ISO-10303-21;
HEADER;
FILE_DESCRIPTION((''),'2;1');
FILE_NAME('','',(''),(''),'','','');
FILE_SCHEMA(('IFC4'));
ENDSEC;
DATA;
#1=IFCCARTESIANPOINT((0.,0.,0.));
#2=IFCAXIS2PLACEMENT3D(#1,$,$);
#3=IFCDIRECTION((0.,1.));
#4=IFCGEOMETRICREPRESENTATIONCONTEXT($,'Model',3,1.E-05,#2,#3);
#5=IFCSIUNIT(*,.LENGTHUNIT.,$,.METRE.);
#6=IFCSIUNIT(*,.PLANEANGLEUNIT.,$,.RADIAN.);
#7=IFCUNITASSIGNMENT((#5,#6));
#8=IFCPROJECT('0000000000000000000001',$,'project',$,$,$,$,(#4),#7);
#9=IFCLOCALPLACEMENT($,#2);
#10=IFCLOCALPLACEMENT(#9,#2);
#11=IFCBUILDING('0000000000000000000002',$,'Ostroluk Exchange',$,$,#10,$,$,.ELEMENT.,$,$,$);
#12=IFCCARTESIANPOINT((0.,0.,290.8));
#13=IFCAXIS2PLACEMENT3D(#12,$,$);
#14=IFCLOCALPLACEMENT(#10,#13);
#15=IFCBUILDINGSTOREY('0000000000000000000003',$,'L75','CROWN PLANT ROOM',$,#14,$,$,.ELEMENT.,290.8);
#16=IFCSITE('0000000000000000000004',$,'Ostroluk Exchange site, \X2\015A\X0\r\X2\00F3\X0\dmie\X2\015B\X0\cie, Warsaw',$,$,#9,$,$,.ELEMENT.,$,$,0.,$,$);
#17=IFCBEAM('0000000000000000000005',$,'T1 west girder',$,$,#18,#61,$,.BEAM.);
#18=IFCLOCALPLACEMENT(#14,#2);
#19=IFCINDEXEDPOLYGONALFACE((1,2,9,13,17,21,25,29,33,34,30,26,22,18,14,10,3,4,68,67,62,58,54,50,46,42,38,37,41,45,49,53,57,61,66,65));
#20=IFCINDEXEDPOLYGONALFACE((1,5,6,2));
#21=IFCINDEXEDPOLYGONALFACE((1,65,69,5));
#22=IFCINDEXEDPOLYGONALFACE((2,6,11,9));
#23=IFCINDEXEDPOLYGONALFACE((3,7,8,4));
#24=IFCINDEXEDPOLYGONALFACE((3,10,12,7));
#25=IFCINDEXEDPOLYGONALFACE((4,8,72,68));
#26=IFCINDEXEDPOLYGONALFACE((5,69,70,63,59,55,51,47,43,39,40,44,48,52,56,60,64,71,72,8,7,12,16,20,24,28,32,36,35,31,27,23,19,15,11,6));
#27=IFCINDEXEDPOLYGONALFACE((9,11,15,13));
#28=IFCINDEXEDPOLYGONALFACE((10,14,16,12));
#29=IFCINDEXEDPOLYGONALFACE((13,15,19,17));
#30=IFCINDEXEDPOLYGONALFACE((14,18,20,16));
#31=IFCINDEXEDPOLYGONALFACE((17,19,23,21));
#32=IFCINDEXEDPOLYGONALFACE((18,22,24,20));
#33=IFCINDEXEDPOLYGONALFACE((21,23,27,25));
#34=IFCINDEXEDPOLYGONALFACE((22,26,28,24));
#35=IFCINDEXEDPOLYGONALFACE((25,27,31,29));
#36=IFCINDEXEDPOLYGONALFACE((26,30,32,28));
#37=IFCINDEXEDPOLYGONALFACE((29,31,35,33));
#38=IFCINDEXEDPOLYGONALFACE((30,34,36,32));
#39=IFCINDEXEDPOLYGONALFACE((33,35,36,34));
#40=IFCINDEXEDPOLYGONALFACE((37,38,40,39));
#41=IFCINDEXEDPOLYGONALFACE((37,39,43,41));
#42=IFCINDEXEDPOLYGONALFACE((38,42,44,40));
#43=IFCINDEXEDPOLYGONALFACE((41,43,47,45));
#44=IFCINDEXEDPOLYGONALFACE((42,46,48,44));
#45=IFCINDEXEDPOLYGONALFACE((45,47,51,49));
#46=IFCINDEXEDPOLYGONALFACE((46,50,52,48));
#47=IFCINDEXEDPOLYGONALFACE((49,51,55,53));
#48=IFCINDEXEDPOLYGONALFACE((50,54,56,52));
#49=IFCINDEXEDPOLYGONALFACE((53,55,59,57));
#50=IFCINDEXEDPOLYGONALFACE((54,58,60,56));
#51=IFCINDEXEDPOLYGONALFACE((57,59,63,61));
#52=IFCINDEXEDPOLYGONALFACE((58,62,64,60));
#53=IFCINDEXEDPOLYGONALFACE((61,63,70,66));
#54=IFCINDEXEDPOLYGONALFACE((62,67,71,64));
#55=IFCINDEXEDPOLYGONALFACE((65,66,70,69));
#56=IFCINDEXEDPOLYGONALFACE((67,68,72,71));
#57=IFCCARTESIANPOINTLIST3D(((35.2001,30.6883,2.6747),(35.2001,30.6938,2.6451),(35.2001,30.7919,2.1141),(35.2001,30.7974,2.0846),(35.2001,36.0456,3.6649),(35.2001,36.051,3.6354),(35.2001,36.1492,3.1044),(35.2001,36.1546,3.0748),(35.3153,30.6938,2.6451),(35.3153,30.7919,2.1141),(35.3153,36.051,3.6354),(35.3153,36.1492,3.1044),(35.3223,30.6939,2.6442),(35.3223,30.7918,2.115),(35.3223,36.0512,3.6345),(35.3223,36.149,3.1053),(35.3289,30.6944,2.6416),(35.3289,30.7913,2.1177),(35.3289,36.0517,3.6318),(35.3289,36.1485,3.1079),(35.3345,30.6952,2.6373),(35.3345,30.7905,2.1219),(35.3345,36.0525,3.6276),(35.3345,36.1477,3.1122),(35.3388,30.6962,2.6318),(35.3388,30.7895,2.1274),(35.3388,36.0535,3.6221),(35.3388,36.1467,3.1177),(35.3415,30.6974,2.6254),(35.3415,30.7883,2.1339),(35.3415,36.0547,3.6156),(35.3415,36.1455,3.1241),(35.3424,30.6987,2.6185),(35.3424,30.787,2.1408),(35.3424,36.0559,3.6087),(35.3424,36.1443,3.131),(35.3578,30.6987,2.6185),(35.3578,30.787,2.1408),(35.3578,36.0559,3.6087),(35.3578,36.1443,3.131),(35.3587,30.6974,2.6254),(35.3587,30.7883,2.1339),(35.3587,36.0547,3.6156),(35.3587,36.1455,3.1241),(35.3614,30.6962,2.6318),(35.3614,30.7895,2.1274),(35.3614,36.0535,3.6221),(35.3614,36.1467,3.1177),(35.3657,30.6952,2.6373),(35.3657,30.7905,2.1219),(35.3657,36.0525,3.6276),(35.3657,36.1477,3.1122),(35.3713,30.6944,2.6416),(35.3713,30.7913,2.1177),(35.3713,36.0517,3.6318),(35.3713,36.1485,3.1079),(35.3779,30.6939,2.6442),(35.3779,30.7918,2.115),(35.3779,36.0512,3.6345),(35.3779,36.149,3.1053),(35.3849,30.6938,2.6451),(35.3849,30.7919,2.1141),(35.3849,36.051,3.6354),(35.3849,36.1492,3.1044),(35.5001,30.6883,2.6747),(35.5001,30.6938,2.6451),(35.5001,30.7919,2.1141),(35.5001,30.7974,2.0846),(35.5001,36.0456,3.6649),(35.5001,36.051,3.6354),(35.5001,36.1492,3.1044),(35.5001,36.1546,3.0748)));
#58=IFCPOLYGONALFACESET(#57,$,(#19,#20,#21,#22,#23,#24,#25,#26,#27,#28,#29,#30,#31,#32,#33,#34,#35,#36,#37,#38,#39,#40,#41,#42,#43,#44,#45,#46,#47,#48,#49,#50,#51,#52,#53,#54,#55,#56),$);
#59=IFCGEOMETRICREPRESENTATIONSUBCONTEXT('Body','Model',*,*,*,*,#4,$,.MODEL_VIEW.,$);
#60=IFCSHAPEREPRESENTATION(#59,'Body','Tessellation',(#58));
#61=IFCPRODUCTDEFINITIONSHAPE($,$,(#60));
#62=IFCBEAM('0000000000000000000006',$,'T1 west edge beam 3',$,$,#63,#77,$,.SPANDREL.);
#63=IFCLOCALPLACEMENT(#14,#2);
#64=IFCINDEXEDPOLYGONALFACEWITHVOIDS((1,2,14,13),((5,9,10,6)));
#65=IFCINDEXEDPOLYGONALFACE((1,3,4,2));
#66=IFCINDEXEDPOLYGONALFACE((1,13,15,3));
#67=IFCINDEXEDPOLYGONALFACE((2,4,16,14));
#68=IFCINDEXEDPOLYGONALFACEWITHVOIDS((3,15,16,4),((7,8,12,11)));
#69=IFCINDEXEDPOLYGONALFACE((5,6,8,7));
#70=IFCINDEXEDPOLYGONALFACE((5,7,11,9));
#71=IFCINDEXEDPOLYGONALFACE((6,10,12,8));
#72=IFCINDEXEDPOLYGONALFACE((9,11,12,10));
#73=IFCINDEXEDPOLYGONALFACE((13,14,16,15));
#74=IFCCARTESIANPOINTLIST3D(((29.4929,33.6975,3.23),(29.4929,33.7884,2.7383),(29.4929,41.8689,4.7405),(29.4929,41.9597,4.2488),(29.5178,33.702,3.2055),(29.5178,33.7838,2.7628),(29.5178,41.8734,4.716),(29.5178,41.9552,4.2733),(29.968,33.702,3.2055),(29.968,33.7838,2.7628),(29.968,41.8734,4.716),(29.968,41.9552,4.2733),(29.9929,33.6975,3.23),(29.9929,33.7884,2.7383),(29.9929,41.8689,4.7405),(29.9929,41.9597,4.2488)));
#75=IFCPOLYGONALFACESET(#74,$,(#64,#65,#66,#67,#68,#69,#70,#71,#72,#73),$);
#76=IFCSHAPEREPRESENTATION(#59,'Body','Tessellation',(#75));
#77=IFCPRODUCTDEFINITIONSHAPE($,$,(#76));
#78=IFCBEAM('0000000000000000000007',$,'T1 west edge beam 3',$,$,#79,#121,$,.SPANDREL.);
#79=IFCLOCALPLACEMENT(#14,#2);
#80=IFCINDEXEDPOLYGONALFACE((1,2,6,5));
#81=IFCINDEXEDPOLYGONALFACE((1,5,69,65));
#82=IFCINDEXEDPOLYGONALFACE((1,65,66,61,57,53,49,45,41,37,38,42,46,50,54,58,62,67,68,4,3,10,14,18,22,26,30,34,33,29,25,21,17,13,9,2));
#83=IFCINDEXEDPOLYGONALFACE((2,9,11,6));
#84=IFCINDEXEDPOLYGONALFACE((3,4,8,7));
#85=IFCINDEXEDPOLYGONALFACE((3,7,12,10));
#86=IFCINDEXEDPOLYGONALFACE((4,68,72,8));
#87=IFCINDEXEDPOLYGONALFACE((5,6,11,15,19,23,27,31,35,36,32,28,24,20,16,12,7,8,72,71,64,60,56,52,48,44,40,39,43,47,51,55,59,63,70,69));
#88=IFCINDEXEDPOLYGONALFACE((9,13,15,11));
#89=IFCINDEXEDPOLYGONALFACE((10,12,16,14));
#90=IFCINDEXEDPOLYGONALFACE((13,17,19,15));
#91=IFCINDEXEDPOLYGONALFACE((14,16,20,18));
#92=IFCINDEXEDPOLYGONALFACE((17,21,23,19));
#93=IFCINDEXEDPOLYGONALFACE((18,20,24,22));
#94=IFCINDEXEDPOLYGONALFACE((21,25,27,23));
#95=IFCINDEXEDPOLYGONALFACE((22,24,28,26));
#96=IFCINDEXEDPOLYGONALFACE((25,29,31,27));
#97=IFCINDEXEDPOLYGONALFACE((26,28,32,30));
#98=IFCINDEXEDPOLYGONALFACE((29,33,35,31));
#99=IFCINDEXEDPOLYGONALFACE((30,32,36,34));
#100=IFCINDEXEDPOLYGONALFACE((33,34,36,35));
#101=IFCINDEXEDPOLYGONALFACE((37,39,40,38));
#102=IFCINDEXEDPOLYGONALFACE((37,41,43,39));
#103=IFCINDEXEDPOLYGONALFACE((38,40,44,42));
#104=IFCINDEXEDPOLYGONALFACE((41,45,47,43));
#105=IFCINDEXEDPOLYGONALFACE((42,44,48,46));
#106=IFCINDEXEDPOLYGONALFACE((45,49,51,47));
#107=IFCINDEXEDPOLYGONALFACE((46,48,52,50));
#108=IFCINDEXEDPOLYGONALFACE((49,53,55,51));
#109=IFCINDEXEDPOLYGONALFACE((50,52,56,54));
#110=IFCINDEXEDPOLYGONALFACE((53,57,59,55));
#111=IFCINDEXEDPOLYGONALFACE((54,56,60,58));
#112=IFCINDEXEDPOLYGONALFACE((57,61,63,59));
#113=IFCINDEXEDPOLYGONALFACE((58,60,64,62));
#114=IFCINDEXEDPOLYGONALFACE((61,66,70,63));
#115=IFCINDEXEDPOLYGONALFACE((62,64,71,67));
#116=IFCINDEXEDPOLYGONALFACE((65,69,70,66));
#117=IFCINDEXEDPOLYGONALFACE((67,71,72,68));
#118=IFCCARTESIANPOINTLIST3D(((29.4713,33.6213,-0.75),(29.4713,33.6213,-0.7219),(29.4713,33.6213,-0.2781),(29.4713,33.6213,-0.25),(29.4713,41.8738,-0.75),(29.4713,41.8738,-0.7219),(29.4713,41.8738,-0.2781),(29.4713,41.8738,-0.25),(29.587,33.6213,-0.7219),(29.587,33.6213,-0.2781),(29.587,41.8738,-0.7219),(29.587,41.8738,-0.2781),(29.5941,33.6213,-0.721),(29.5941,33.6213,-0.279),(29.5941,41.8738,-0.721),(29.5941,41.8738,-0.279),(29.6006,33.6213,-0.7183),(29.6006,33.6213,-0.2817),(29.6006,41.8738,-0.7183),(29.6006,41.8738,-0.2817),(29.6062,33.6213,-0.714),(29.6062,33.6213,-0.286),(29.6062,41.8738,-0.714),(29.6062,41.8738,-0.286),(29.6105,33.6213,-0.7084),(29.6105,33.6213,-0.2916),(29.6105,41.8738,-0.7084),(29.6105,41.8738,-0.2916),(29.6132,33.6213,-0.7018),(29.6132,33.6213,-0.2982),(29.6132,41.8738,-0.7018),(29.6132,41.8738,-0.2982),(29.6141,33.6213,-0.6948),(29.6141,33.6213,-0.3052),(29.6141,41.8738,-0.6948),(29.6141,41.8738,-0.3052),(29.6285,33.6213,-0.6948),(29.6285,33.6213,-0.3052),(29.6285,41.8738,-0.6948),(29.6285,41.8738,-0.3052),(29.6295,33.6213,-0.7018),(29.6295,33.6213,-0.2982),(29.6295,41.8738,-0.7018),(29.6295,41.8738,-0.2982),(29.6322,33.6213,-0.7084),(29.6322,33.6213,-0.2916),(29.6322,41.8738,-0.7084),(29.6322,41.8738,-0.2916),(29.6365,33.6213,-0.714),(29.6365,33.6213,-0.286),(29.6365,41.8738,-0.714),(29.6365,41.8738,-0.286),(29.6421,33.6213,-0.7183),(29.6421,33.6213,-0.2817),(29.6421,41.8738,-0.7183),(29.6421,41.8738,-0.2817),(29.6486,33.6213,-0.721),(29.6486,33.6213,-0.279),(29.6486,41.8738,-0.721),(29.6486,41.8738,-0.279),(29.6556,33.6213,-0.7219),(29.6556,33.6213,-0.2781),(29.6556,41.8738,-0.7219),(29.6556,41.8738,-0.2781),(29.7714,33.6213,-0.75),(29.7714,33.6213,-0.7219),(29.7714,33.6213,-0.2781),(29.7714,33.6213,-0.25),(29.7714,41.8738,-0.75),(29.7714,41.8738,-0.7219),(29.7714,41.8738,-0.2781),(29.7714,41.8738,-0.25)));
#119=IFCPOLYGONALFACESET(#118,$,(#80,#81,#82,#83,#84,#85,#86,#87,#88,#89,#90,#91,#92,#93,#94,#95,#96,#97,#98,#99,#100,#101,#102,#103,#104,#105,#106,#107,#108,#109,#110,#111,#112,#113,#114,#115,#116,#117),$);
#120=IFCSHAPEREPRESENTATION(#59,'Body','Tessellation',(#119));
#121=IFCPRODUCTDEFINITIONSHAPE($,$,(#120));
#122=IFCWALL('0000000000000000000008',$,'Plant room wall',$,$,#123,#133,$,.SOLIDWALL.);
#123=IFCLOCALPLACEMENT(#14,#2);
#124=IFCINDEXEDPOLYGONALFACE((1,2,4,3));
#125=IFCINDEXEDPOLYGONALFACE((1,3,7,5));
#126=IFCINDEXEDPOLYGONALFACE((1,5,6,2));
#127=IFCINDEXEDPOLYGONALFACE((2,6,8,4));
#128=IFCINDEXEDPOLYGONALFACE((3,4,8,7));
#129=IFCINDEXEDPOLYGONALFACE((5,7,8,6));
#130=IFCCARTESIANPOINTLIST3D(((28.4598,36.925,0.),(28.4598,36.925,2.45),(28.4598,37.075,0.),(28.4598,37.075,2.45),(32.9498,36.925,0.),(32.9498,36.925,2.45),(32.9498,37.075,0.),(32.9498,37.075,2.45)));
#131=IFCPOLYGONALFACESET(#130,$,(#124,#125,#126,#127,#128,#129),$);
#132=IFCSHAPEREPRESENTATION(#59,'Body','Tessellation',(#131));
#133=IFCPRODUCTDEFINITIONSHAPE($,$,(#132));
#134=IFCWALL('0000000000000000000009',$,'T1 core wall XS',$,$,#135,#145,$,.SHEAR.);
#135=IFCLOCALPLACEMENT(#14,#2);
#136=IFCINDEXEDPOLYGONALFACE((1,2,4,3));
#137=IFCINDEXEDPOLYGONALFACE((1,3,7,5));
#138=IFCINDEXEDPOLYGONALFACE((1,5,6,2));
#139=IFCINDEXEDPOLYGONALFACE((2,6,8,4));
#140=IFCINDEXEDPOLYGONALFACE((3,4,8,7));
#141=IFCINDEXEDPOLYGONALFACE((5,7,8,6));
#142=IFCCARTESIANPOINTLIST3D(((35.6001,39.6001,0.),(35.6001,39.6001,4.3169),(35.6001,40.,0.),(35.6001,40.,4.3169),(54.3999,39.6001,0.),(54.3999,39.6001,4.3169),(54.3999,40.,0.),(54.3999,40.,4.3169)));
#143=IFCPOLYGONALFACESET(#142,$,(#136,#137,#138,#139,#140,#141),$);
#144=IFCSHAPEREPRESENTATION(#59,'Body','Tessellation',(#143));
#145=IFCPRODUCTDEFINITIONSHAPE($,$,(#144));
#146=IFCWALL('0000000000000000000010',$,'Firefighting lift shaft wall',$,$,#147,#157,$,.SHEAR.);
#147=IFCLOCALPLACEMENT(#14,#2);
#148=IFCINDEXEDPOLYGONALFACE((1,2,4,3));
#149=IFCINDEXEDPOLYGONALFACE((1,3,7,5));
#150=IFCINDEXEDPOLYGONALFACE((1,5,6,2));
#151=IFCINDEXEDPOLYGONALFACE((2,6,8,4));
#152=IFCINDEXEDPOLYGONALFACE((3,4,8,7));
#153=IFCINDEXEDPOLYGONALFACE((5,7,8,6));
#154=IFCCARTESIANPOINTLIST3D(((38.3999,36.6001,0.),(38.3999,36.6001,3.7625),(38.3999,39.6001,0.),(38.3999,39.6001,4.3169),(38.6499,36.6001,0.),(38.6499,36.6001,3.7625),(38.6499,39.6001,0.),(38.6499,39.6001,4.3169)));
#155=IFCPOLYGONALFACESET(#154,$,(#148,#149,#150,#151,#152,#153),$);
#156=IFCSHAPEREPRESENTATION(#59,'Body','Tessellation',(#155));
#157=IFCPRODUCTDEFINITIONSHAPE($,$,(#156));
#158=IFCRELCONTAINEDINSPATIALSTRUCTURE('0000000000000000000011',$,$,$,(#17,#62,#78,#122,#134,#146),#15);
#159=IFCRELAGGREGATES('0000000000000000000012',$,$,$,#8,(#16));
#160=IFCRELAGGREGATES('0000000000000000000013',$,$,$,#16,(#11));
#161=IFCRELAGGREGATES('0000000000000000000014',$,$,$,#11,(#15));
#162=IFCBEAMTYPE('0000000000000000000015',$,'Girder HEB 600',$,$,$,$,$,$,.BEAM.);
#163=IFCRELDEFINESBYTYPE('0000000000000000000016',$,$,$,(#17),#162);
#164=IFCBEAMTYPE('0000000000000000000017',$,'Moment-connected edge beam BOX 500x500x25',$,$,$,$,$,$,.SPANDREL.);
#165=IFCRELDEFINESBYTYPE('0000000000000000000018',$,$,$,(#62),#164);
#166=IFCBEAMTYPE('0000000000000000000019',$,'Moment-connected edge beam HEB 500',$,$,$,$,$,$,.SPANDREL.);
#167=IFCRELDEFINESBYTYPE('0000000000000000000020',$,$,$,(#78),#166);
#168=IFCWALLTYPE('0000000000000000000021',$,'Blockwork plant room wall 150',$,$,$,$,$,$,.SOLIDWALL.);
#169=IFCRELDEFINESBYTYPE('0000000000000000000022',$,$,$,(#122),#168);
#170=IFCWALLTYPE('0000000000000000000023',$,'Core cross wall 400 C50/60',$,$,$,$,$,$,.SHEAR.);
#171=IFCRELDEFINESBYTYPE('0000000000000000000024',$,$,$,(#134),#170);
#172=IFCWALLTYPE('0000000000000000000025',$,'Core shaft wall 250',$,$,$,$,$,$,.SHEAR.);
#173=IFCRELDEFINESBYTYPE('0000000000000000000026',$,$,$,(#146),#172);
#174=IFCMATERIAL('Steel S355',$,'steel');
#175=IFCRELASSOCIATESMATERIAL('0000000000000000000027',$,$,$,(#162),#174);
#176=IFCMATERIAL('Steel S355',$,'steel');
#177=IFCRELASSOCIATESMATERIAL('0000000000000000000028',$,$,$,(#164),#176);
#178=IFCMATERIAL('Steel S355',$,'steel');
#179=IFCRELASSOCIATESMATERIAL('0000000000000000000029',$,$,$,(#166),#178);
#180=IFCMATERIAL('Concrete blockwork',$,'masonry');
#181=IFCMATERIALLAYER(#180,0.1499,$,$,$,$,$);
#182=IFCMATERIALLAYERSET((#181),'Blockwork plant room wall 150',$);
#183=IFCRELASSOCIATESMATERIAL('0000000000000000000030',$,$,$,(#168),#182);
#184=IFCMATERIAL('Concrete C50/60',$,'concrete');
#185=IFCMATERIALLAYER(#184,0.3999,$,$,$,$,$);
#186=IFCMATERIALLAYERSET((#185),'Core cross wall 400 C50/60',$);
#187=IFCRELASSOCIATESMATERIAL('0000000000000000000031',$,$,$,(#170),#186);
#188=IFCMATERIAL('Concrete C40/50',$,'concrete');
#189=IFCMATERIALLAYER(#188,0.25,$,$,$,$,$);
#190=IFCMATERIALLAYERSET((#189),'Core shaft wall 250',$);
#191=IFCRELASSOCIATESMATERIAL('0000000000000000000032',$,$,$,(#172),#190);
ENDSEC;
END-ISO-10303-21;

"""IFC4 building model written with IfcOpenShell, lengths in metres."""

from ifc_helpers import new_model, si_unit, direction, frame, frame_2d, origin, origin_2d, place, context, subcontext, project, spatial, polyline, rectangle, hollow_rectangle, i_section, outline, extrude, material, layer, layer_set, material_profile, profile_set, type_object, element, save


model = new_model("IFC4")

# Units and contexts
model_context = context("Model", 3, precision=1e-05, world=origin(), true_north=direction((0.0, 1.0)))
body_context = subcontext(model_context, "Body", "Model", "MODEL_VIEW")
ifc_project = project(units=[si_unit("LENGTHUNIT", "METRE"), si_unit("PLANEANGLEUNIT", "RADIAN")], contexts=[model_context])

# Site, building, storey
site_placement = place(None, origin())
site = spatial("IfcSite", under=ifc_project, at=site_placement, Name="Ostroluk Exchange site, Śródmieście, Warsaw", CompositionType="ELEMENT", RefElevation=0.0)
building_placement = place(site_placement, origin())
building = spatial("IfcBuilding", under=site, at=building_placement, Name="Ostroluk Exchange", CompositionType="ELEMENT")
storey_placement = place(building_placement, frame((0.0, 0.0, 290.8)))
storey = spatial("IfcBuildingStorey", under=building, at=storey_placement, Name="L75", Description="CROWN PLANT ROOM", CompositionType="ELEMENT", Elevation=290.8)

# Beams
ifc_material_1 = material(Name="Steel S355", Category="steel")
ifc_material_profile_1 = material_profile(ifc_material_1, i_section(OverallWidth=0.3, OverallDepth=0.6001, WebThickness=0.0154, FlangeThickness=0.03, FilletRadius=0.0271, at=origin_2d()), Name="HEB 600")
ifc_profile_set_1 = profile_set([ifc_material_profile_1], Name="Steel S355")
beam_type_1 = type_object("IfcBeamType", Name="Girder HEB 600", PredefinedType="BEAM", material=ifc_profile_set_1)
beam_1_placement = place(storey_placement, frame((35.3501, 36.1001, 3.3699), z_axis=(0.0, -0.983342, -0.181763), x_axis=(1.0, 0.0, 0.0)))
element("IfcBeam", 1, at=beam_1_placement, inside=storey, type_object=beam_type_1, Name="T1 west girder", PredefinedType="BEAM", context=body_context, shape_type="SweptSolid", body=[
    extrude(i_section(OverallWidth=0.3, OverallDepth=0.6001, WebThickness=0.0154, FlangeThickness=0.03, FilletRadius=0.0271, at=origin_2d()), origin(), (0.0, 0.0, 1.0), 5.448),
])
ifc_material_2 = material(Name="Steel S355", Category="steel")
ifc_material_profile_2 = material_profile(ifc_material_2, hollow_rectangle(XDim=0.5, YDim=0.5, WallThickness=0.0249, at=origin_2d()), Name="BOX 500x500x25")
ifc_profile_set_2 = profile_set([ifc_material_profile_2], Name="Steel S355")
beam_type_2 = type_object("IfcBeamType", Name="Moment-connected edge beam BOX 500x500x25", PredefinedType="SPANDREL", material=ifc_profile_set_2)
beam_2_placement = place(storey_placement, frame((29.7429, 41.9143, 4.4946), z_axis=(0.0, -0.983341, -0.181773), x_axis=(1.0, 0.0, 0.0)))
element("IfcBeam", 2, at=beam_2_placement, inside=storey, type_object=beam_type_2, Name="T1 west edge beam 3", PredefinedType="SPANDREL", context=body_context, shape_type="SweptSolid", body=[
    extrude(hollow_rectangle(XDim=0.5, YDim=0.5, WallThickness=0.0249, at=origin_2d()), origin(), (0.0, 0.0, 1.0), 8.3098),
])
ifc_material_3 = material(Name="Steel S355", Category="steel")
ifc_material_profile_3 = material_profile(ifc_material_3, i_section(OverallWidth=0.3, OverallDepth=0.5, WebThickness=0.0144, FlangeThickness=0.0281, FilletRadius=0.0271, at=origin_2d()), Name="HEB 500")
ifc_profile_set_3 = profile_set([ifc_material_profile_3], Name="Steel S355")
beam_type_3 = type_object("IfcBeamType", Name="Moment-connected edge beam HEB 500", PredefinedType="SPANDREL", material=ifc_profile_set_3)
beam_3_placement = place(storey_placement, frame((29.6213, 41.8738, -0.5), z_axis=(0.0, -1.0, 0.0), x_axis=(1.0, 0.0, 0.0)))
element("IfcBeam", 3, at=beam_3_placement, inside=storey, type_object=beam_type_3, Name="T1 west edge beam 3", PredefinedType="SPANDREL", context=body_context, shape_type="SweptSolid", body=[
    extrude(i_section(OverallWidth=0.3, OverallDepth=0.5, WebThickness=0.0144, FlangeThickness=0.0281, FilletRadius=0.0271, at=origin_2d()), origin(), (0.0, 0.0, 1.0), 8.2524),
])

# Walls
ifc_material_4 = material(Name="Concrete blockwork", Category="masonry")
ifc_layer_1 = layer(ifc_material_4, 0.1499)
ifc_layer_set_1 = layer_set([ifc_layer_1], Name="Blockwork plant room wall 150")
wall_type_1 = type_object("IfcWallType", Name="Blockwork plant room wall 150", PredefinedType="SOLIDWALL", material=ifc_layer_set_1)
wall_1_placement = place(storey_placement, frame((32.95, 37.0, 0.0), z_axis=(0.0, 0.0, 1.0), x_axis=(-1.0, 0.0, 0.0)))
element("IfcWall", 4, at=wall_1_placement, inside=storey, type_object=wall_type_1, Name="Plant room wall", PredefinedType="SOLIDWALL", context=body_context, shape_type="SweptSolid", body=[
    extrude(rectangle(XDim=4.49, YDim=0.1499, at=frame_2d((2.2451, 0.0))), origin(), (0.0, 0.0, 1.0), 2.45),
])
ifc_material_5 = material(Name="Concrete C50/60", Category="concrete")
ifc_layer_2 = layer(ifc_material_5, 0.3999)
ifc_layer_set_2 = layer_set([ifc_layer_2], Name="Core cross wall 400 C50/60")
wall_type_2 = type_object("IfcWallType", Name="Core cross wall 400 C50/60", PredefinedType="SHEAR", material=ifc_layer_set_2)
wall_2_placement = place(storey_placement, frame((35.6001, 39.8, 0.0), z_axis=(0.0, 0.0, 1.0), x_axis=(1.0, 0.0, 0.0)))
element("IfcWall", 5, at=wall_2_placement, inside=storey, type_object=wall_type_2, Name="T1 core wall XS", PredefinedType="SHEAR", context=body_context, shape_type="SweptSolid", body=[
    extrude(rectangle(XDim=18.7998, YDim=0.3999, at=frame_2d((9.3999, 0.0))), origin(), (0.0, 0.0, 1.0), 4.3169),
])
ifc_material_6 = material(Name="Concrete C40/50", Category="concrete")
ifc_layer_3 = layer(ifc_material_6, 0.25)
ifc_layer_set_3 = layer_set([ifc_layer_3], Name="Core shaft wall 250")
wall_type_3 = type_object("IfcWallType", Name="Core shaft wall 250", PredefinedType="SHEAR", material=ifc_layer_set_3)
wall_3_placement = place(storey_placement, frame((38.5249, 36.6001, 0.0), z_axis=(0.0, 0.0, 1.0), x_axis=(0.0, 1.0, 0.0)))
element("IfcWall", 6, at=wall_3_placement, inside=storey, type_object=wall_type_3, Name="Firefighting lift shaft wall", PredefinedType="SHEAR", context=body_context, shape_type="SweptSolid", body=[
    extrude(outline(polyline([(0.0, 0.0), (3.0, 0.0), (3.0, 4.3169), (0.0, 3.7625), (0.0, 0.0)])), frame((0.0, 0.125, 0.0), z_axis=(0.0, -1.0, 0.0), x_axis=(1.0, 0.0, 0.0)), (0.0, 0.0, 1.0), 0.25),
])

save(model, "model.ifc")
